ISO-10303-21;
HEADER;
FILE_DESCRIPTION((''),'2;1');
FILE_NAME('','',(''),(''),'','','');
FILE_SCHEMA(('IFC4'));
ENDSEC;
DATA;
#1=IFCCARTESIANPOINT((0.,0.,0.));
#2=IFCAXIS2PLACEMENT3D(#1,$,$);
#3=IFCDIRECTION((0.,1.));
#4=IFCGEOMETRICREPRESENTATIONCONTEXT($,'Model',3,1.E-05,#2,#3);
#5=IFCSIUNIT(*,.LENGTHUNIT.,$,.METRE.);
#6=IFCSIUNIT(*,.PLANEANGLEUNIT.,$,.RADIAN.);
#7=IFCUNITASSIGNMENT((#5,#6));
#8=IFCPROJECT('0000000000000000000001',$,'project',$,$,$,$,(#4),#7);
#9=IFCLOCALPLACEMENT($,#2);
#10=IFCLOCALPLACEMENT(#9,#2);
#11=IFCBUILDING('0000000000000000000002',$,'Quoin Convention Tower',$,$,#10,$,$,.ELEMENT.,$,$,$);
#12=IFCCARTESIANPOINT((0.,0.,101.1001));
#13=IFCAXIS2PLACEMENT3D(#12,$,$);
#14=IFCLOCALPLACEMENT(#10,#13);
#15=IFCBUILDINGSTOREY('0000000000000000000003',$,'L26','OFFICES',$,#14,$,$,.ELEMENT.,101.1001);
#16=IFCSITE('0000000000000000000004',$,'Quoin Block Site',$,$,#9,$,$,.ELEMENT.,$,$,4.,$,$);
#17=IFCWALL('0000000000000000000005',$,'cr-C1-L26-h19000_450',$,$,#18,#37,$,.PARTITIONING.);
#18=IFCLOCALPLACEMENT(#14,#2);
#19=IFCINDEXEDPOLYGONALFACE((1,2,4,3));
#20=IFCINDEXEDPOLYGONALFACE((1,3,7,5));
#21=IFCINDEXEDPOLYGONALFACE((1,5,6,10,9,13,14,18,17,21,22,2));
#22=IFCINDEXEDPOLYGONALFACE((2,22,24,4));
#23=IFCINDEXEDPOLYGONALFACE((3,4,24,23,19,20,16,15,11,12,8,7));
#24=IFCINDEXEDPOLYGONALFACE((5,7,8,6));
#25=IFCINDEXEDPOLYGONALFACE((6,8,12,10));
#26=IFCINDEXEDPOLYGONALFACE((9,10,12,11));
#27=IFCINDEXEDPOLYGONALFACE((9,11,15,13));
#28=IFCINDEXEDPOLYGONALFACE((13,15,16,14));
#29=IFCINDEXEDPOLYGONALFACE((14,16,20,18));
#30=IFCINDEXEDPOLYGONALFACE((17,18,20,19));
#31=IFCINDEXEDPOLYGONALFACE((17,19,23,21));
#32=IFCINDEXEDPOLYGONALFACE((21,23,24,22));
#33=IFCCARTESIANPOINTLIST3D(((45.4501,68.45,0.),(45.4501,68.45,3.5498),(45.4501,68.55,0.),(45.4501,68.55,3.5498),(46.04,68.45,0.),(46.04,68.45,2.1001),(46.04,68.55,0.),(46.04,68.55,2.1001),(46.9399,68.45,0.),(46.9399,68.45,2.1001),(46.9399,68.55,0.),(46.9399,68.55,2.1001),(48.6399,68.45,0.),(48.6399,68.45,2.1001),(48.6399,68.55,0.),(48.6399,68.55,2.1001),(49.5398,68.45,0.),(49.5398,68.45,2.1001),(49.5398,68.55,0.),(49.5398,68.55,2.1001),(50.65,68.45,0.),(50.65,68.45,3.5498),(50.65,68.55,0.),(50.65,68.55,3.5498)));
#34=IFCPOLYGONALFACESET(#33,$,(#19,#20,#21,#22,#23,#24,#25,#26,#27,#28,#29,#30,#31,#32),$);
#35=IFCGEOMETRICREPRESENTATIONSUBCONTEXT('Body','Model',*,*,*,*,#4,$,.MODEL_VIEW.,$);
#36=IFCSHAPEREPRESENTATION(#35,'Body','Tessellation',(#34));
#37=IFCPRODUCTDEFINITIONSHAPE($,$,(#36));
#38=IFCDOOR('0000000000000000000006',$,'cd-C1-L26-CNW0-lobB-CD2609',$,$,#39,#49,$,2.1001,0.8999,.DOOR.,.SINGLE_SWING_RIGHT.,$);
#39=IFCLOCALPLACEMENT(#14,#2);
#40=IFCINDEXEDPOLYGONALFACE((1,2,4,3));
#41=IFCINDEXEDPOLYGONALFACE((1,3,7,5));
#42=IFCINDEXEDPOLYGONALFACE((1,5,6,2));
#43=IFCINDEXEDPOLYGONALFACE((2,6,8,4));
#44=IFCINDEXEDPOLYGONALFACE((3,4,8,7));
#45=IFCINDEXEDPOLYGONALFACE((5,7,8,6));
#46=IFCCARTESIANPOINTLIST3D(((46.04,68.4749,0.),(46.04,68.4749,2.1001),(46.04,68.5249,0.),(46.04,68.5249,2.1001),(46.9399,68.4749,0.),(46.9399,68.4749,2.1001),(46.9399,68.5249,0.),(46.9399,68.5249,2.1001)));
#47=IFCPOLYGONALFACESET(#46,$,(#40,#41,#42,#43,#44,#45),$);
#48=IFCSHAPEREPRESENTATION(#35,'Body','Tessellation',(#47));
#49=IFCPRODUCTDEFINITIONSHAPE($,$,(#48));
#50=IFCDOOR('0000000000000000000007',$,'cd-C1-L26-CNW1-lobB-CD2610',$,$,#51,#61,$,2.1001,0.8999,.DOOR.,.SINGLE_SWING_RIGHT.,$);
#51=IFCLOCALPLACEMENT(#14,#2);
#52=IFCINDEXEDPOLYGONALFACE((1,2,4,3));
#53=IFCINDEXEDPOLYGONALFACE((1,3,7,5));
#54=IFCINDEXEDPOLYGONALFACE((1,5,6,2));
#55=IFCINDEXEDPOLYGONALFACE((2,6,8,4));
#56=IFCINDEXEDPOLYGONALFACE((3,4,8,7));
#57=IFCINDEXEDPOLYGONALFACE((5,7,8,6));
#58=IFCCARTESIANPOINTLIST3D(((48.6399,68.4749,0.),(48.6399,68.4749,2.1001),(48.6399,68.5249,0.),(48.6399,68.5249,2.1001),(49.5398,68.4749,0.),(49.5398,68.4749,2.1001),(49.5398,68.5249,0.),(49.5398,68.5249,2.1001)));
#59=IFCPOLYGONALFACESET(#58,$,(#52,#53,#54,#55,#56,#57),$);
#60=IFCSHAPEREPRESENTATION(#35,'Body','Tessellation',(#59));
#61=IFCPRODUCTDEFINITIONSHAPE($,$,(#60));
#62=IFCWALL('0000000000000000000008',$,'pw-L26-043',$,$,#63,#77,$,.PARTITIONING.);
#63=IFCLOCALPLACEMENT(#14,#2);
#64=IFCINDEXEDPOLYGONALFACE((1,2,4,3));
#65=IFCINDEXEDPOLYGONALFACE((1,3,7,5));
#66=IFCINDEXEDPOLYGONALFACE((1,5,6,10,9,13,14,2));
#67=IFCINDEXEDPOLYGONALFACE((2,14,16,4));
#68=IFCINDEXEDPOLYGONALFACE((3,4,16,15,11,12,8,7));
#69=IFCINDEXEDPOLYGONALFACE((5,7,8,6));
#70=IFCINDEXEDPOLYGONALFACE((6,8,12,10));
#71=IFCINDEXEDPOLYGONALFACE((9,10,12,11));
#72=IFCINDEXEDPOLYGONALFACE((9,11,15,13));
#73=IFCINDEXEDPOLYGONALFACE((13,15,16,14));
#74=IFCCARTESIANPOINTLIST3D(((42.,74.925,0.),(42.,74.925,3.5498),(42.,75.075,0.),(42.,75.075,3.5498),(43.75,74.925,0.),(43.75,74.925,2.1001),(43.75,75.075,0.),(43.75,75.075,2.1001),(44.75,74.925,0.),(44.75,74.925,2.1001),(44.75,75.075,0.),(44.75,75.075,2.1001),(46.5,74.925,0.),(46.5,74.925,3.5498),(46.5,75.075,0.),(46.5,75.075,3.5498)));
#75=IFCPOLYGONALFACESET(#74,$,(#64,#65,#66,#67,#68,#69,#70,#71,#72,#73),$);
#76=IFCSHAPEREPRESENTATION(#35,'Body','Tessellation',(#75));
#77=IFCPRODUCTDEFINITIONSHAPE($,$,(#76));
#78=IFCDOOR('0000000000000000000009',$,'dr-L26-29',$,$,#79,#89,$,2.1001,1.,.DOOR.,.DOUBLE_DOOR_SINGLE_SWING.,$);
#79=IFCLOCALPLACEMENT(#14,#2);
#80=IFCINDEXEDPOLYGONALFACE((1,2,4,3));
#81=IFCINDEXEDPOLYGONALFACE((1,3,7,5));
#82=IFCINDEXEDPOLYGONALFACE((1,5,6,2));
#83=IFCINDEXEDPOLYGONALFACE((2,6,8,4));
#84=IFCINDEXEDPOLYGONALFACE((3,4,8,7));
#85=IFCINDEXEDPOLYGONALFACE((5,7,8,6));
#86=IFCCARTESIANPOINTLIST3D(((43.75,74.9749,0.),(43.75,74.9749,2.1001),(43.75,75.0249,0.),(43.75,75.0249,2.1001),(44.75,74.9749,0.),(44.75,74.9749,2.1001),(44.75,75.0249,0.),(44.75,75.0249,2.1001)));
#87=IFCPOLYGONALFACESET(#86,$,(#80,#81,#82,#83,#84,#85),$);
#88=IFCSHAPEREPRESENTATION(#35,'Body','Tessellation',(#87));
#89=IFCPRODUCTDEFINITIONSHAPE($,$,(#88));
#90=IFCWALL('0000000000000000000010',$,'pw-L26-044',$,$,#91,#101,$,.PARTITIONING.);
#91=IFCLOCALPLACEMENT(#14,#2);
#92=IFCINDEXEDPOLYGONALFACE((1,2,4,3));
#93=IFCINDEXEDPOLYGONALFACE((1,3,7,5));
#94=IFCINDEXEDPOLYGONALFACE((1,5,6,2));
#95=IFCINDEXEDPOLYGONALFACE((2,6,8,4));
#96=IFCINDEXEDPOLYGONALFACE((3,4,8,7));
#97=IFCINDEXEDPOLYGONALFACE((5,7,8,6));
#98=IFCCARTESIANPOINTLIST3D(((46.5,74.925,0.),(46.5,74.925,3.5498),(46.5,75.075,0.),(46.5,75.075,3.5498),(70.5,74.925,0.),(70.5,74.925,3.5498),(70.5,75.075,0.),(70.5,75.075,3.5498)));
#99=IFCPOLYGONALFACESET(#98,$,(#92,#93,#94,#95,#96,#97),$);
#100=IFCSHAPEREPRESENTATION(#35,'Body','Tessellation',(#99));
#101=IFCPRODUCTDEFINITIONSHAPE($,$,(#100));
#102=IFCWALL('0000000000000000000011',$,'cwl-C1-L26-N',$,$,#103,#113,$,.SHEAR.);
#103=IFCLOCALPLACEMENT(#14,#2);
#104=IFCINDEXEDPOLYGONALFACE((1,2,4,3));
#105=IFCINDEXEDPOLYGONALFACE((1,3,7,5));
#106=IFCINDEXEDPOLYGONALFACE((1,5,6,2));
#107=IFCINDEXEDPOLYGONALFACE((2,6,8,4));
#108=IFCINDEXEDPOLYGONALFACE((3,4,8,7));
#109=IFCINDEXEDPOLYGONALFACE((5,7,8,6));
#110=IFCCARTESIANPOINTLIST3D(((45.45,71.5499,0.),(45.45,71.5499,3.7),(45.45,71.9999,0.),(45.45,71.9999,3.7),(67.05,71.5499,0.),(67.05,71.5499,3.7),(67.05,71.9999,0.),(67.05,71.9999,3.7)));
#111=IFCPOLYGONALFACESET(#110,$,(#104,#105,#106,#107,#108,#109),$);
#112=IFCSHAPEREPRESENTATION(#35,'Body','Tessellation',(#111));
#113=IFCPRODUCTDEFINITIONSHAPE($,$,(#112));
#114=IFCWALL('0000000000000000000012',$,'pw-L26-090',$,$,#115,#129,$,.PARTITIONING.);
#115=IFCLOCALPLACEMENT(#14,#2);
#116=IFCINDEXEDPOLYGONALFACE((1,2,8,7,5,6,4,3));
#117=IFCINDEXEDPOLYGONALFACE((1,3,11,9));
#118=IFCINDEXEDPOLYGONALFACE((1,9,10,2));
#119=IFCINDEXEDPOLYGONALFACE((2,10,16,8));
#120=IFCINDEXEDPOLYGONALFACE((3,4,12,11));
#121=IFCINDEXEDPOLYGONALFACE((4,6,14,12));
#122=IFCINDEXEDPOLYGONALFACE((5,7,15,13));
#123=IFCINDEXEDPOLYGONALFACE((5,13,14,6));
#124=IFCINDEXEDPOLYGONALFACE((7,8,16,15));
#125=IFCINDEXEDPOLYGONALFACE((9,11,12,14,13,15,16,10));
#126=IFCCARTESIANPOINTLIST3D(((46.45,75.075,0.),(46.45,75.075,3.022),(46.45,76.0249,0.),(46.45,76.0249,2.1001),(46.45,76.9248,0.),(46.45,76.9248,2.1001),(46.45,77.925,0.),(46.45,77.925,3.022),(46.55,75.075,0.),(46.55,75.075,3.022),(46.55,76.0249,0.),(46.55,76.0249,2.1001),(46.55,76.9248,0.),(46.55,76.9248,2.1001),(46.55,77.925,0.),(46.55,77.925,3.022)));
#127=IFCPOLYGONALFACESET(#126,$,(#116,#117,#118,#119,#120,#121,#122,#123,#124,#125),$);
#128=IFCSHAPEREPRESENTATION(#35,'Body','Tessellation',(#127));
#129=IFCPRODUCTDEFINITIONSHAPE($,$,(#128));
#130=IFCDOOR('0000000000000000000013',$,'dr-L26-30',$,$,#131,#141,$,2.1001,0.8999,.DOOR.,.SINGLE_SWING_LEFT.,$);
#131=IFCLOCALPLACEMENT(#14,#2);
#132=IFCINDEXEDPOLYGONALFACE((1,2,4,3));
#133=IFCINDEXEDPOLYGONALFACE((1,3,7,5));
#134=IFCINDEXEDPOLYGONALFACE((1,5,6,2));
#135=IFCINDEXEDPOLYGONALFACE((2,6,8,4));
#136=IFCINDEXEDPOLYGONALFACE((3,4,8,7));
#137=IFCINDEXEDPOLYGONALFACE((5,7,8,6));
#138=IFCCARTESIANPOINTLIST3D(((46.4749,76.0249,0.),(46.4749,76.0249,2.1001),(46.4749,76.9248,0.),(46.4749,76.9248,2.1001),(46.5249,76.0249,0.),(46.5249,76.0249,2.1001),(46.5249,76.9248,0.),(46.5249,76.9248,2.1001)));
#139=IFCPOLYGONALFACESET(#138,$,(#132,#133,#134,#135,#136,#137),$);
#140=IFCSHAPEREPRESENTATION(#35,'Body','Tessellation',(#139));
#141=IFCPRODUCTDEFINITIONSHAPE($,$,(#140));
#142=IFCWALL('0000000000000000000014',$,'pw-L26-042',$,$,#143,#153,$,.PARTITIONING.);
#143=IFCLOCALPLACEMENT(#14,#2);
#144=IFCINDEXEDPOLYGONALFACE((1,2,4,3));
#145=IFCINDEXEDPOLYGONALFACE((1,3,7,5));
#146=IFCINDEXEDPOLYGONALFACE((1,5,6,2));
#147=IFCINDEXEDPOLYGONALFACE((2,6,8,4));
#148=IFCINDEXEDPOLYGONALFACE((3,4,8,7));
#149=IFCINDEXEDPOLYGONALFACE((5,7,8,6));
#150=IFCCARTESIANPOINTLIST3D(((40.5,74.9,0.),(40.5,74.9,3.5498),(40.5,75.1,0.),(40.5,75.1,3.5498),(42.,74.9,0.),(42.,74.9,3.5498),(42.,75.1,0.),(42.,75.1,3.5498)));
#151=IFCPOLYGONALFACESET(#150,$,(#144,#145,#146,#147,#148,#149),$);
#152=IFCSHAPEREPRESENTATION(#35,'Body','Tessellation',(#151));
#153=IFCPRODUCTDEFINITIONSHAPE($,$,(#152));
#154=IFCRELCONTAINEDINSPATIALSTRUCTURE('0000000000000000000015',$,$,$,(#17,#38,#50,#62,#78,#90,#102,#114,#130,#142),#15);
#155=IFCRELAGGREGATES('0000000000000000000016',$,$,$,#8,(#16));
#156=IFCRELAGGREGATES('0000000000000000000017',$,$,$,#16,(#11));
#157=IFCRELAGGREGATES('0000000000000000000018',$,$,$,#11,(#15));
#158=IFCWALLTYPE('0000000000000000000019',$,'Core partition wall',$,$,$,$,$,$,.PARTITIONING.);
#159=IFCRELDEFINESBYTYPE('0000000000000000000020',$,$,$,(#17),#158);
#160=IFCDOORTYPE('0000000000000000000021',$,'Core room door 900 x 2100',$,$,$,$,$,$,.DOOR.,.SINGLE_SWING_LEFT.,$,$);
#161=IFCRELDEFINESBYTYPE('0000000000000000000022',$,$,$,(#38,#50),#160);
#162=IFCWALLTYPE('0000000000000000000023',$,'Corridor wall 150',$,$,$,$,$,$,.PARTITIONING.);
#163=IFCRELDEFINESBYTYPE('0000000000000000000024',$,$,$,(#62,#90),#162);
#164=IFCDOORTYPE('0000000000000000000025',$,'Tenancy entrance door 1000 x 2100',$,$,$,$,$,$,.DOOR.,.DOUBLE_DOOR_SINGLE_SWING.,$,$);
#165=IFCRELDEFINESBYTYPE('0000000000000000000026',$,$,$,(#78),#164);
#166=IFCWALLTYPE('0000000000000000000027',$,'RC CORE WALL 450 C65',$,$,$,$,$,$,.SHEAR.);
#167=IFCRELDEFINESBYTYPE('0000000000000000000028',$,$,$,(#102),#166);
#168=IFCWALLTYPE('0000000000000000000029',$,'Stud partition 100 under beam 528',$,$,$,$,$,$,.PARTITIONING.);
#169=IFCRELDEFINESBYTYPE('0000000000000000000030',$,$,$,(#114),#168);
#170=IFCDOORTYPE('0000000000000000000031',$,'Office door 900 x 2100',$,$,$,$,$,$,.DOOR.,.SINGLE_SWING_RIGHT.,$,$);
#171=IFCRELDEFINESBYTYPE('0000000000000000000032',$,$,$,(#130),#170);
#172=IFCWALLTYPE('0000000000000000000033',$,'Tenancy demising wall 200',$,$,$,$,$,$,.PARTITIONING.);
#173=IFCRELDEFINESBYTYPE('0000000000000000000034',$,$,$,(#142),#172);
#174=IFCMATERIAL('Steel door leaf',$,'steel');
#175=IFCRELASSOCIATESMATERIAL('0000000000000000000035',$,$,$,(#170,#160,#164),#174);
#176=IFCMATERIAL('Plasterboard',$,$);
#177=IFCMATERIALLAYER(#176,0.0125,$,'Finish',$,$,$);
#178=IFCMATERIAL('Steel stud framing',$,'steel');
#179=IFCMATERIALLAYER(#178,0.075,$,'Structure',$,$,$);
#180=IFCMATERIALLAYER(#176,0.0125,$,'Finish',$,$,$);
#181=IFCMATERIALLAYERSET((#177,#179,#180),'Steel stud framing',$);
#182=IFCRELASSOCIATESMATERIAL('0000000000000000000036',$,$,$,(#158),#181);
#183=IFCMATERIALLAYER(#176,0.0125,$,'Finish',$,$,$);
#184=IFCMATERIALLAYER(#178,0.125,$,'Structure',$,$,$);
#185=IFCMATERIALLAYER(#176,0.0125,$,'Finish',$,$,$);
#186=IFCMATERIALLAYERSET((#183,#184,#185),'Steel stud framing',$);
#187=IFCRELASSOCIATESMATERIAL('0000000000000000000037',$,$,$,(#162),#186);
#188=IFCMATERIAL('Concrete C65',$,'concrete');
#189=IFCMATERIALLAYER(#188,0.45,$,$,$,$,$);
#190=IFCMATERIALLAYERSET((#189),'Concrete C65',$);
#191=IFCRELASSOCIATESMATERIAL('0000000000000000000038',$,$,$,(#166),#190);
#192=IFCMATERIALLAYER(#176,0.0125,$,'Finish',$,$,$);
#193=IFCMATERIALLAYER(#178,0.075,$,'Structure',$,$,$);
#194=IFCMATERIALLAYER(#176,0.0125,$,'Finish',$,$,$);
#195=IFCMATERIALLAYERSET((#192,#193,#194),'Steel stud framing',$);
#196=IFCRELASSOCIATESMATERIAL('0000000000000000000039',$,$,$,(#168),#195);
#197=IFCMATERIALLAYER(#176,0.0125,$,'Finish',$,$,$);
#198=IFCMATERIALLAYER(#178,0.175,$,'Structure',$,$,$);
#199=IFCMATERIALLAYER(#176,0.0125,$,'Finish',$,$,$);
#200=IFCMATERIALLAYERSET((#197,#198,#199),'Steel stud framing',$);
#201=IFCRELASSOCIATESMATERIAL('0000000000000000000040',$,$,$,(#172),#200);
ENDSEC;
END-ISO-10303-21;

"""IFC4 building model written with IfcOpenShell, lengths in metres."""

from ifc_helpers import new_model, si_unit, direction, frame, frame_2d, origin, place, context, subcontext, project, spatial, rectangle, extrude, material, layer, layer_set, type_object, element, fill, save


model = new_model("IFC4")

# Units and contexts
model_context = context("Model", 3, precision=1e-05, world=origin(), true_north=direction((0.0, 1.0)))
body_context = subcontext(model_context, "Body", "Model", "MODEL_VIEW")
ifc_project = project(units=[si_unit("LENGTHUNIT", "METRE"), si_unit("PLANEANGLEUNIT", "RADIAN")], contexts=[model_context])

# Site, building, storey
site_placement = place(None, origin())
site = spatial("IfcSite", under=ifc_project, at=site_placement, Name="Quoin Block Site", CompositionType="ELEMENT", RefElevation=4.0)
building_placement = place(site_placement, origin())
building = spatial("IfcBuilding", under=site, at=building_placement, Name="Quoin Convention Tower", CompositionType="ELEMENT")
storey_placement = place(building_placement, frame((0.0, 0.0, 101.1001)))
storey = spatial("IfcBuildingStorey", under=building, at=storey_placement, Name="L26", Description="OFFICES", CompositionType="ELEMENT", Elevation=101.1001)

# Shared definitions
ifc_material_1 = material(Name="Concrete C65", Category="concrete")

# Shared definitions
ifc_material_2 = material(Name="Plasterboard")
ifc_material_3 = material(Name="Steel stud framing", Category="steel")

# Shared definitions
ifc_material_4 = material(Name="Steel door leaf", Category="steel")
door_type_1 = type_object("IfcDoorType", Name="Office door 900 x 2100", OperationType="SINGLE_SWING_RIGHT", PredefinedType="DOOR", material=ifc_material_4)

# Wall, openings, doors
ifc_layer_1 = layer(ifc_material_2, 0.0125, Name="Finish")
ifc_layer_2 = layer(ifc_material_3, 0.075, Name="Structure")
ifc_layer_3 = layer(ifc_material_2, 0.0125, Name="Finish")
ifc_layer_set_1 = layer_set([ifc_layer_1, ifc_layer_2, ifc_layer_3], Name="Steel stud framing")
wall_type_1 = type_object("IfcWallType", Name="Core partition wall", PredefinedType="PARTITIONING", material=ifc_layer_set_1)
wall_1_placement = place(storey_placement, frame((45.45, 68.5, 0.0), z_axis=(0.0, 0.0, 1.0), x_axis=(1.0, 0.0, 0.0)))
wall_1 = element("IfcWall", 1, at=wall_1_placement, inside=storey, type_object=wall_type_1, Name="cr-C1-L26-h19000_450", PredefinedType="PARTITIONING", context=body_context, shape_type="SweptSolid", body=[
    extrude(rectangle(XDim=5.2, YDim=0.1001, at=frame_2d((2.6001, 0.0))), origin(), (0.0, 0.0, 1.0), 3.5498),
])
opening_1_placement = place(wall_1_placement, frame((0.5901, 0.0, 0.0)))
opening_1 = element("IfcOpeningElement", 2, at=opening_1_placement, cuts=wall_1, PredefinedType="OPENING", context=body_context, shape_type="SweptSolid", body=[
    extrude(rectangle(XDim=0.8999, YDim=2.1001, at=frame_2d((0.45, 1.05))), frame((0.0, 0.0601, 0.0), z_axis=(0.0, -1.0, 0.0), x_axis=(1.0, 0.0, 0.0)), (0.0, 0.0, 1.0), 0.1201),
])
opening_2_placement = place(wall_1_placement, frame((3.1899, 0.0, 0.0)))
opening_2 = element("IfcOpeningElement", 3, at=opening_2_placement, cuts=wall_1, PredefinedType="OPENING", context=body_context, shape_type="SweptSolid", body=[
    extrude(rectangle(XDim=0.8999, YDim=2.1001, at=frame_2d((0.45, 1.05))), frame((0.0, 0.0601, 0.0), z_axis=(0.0, -1.0, 0.0), x_axis=(1.0, 0.0, 0.0)), (0.0, 0.0, 1.0), 0.1201),
])
door_type_2 = type_object("IfcDoorType", Name="Core room door 900 x 2100", OperationType="SINGLE_SWING_LEFT", PredefinedType="DOOR", material=ifc_material_4)
door_1_placement = place(opening_1_placement, origin())
door_1 = element("IfcDoor", 4, at=door_1_placement, inside=storey, type_object=door_type_2, Name="cd-C1-L26-CNW0-lobB-CD2609", OperationType="SINGLE_SWING_RIGHT", OverallHeight=2.1001, OverallWidth=0.8999, PredefinedType="DOOR", context=body_context, shape_type="SweptSolid", body=[
    extrude(rectangle(XDim=0.8999, YDim=2.1001, at=frame_2d((0.45, 1.05))), frame((0.0, 0.0249, 0.0), z_axis=(0.0, -1.0, 0.0), x_axis=(1.0, 0.0, 0.0)), (0.0, 0.0, 1.0), 0.05),
])
fill(opening_1, door_1)
door_2_placement = place(opening_2_placement, origin())
door_2 = element("IfcDoor", 5, at=door_2_placement, inside=storey, type_object=door_type_2, Name="cd-C1-L26-CNW1-lobB-CD2610", OperationType="SINGLE_SWING_RIGHT", OverallHeight=2.1001, OverallWidth=0.8999, PredefinedType="DOOR", context=body_context, shape_type="SweptSolid", body=[
    extrude(rectangle(XDim=0.8999, YDim=2.1001, at=frame_2d((0.45, 1.05))), frame((0.0, 0.0249, 0.0), z_axis=(0.0, -1.0, 0.0), x_axis=(1.0, 0.0, 0.0)), (0.0, 0.0, 1.0), 0.05),
])
fill(opening_2, door_2)

# Wall, opening, door
ifc_layer_4 = layer(ifc_material_2, 0.0125, Name="Finish")
ifc_layer_5 = layer(ifc_material_3, 0.125, Name="Structure")
ifc_layer_6 = layer(ifc_material_2, 0.0125, Name="Finish")
ifc_layer_set_2 = layer_set([ifc_layer_4, ifc_layer_5, ifc_layer_6], Name="Steel stud framing")
wall_type_2 = type_object("IfcWallType", Name="Corridor wall 150", PredefinedType="PARTITIONING", material=ifc_layer_set_2)
wall_2_placement = place(storey_placement, frame((42.0, 75.0, 0.0), z_axis=(0.0, 0.0, 1.0), x_axis=(1.0, 0.0, 0.0)))
wall_2 = element("IfcWall", 6, at=wall_2_placement, inside=storey, type_object=wall_type_2, Name="pw-L26-043", PredefinedType="PARTITIONING", context=body_context, shape_type="SweptSolid", body=[
    extrude(rectangle(XDim=4.5, YDim=0.1499, at=frame_2d((2.25, 0.0))), origin(), (0.0, 0.0, 1.0), 3.5498),
])
opening_3_placement = place(wall_2_placement, frame((1.75, 0.0, 0.0)))
opening_3 = element("IfcOpeningElement", 7, at=opening_3_placement, cuts=wall_2, PredefinedType="OPENING", context=body_context, shape_type="SweptSolid", body=[
    extrude(rectangle(XDim=1.0, YDim=2.1001, at=frame_2d((0.5, 1.05))), frame((0.0, 0.085, 0.0), z_axis=(0.0, -1.0, 0.0), x_axis=(1.0, 0.0, 0.0)), (0.0, 0.0, 1.0), 0.1699),
])
door_type_3 = type_object("IfcDoorType", Name="Tenancy entrance door 1000 x 2100", OperationType="DOUBLE_DOOR_SINGLE_SWING", PredefinedType="DOOR", material=ifc_material_4)
door_3_placement = place(opening_3_placement, origin())
door_3 = element("IfcDoor", 8, at=door_3_placement, inside=storey, type_object=door_type_3, Name="dr-L26-29", OperationType="DOUBLE_DOOR_SINGLE_SWING", OverallHeight=2.1001, OverallWidth=1.0, PredefinedType="DOOR", context=body_context, shape_type="SweptSolid", body=[
    extrude(rectangle(XDim=1.0, YDim=2.1001, at=frame_2d((0.5, 1.05))), frame((0.0, 0.0249, 0.0), z_axis=(0.0, -1.0, 0.0), x_axis=(1.0, 0.0, 0.0)), (0.0, 0.0, 1.0), 0.05),
])
fill(opening_3, door_3)

# Walls
wall_3_placement = place(storey_placement, frame((46.5, 75.0, 0.0), z_axis=(0.0, 0.0, 1.0), x_axis=(1.0, 0.0, 0.0)))
element("IfcWall", 9, at=wall_3_placement, inside=storey, type_object=wall_type_2, Name="pw-L26-044", PredefinedType="PARTITIONING", context=body_context, shape_type="SweptSolid", body=[
    extrude(rectangle(XDim=24.0, YDim=0.1499, at=frame_2d((12.0, 0.0))), origin(), (0.0, 0.0, 1.0), 3.5498),
])
ifc_layer_7 = layer(ifc_material_1, 0.45)
ifc_layer_set_3 = layer_set([ifc_layer_7], Name="Concrete C65")
wall_type_3 = type_object("IfcWallType", Name="RC CORE WALL 450 C65", PredefinedType="SHEAR", material=ifc_layer_set_3)
wall_4_placement = place(storey_placement, frame((45.45, 71.7749, 0.0), z_axis=(0.0, 0.0, 1.0), x_axis=(1.0, 0.0, 0.0)))
element("IfcWall", 10, at=wall_4_placement, inside=storey, type_object=wall_type_3, Name="cwl-C1-L26-N", PredefinedType="SHEAR", context=body_context, shape_type="SweptSolid", body=[
    extrude(rectangle(XDim=21.6001, YDim=0.45, at=frame_2d((10.8, 0.0))), origin(), (0.0, 0.0, 1.0), 3.7),
])

# Wall, opening, door
ifc_layer_8 = layer(ifc_material_2, 0.0125, Name="Finish")
ifc_layer_9 = layer(ifc_material_3, 0.075, Name="Structure")
ifc_layer_10 = layer(ifc_material_2, 0.0125, Name="Finish")
ifc_layer_set_4 = layer_set([ifc_layer_8, ifc_layer_9, ifc_layer_10], Name="Steel stud framing")
wall_type_4 = type_object("IfcWallType", Name="Stud partition 100 under beam 528", PredefinedType="PARTITIONING", material=ifc_layer_set_4)
wall_5_placement = place(storey_placement, frame((46.5, 75.075, 0.0), z_axis=(0.0, 0.0, 1.0), x_axis=(0.0, 1.0, 0.0)))
wall_5 = element("IfcWall", 11, at=wall_5_placement, inside=storey, type_object=wall_type_4, Name="pw-L26-090", PredefinedType="PARTITIONING", context=body_context, shape_type="SweptSolid", body=[
    extrude(rectangle(XDim=2.8501, YDim=0.1001, at=frame_2d((1.425, 0.0))), origin(), (0.0, 0.0, 1.0), 3.022),
])
opening_4_placement = place(wall_5_placement, frame((0.95, 0.0, 0.0)))
opening_4 = element("IfcOpeningElement", 12, at=opening_4_placement, cuts=wall_5, PredefinedType="OPENING", context=body_context, shape_type="SweptSolid", body=[
    extrude(rectangle(XDim=0.8999, YDim=2.1001, at=frame_2d((0.45, 1.05))), frame((0.0, 0.0601, 0.0), z_axis=(0.0, -1.0, 0.0), x_axis=(1.0, 0.0, 0.0)), (0.0, 0.0, 1.0), 0.1201),
])
door_4_placement = place(opening_4_placement, frame((0.8999, 0.0, 0.0), z_axis=(0.0, 0.0, 1.0), x_axis=(-1.0, 0.0, 0.0)))
door_4 = element("IfcDoor", 13, at=door_4_placement, inside=storey, type_object=door_type_1, Name="dr-L26-30", OperationType="SINGLE_SWING_LEFT", OverallHeight=2.1001, OverallWidth=0.8999, PredefinedType="DOOR", context=body_context, shape_type="SweptSolid", body=[
    extrude(rectangle(XDim=0.8999, YDim=2.1001, at=frame_2d((0.45, 1.05))), frame((0.0, 0.0249, 0.0), z_axis=(0.0, -1.0, 0.0), x_axis=(1.0, 0.0, 0.0)), (0.0, 0.0, 1.0), 0.05),
])
fill(opening_4, door_4)

# Wall
ifc_layer_11 = layer(ifc_material_2, 0.0125, Name="Finish")
ifc_layer_12 = layer(ifc_material_3, 0.175, Name="Structure")
ifc_layer_13 = layer(ifc_material_2, 0.0125, Name="Finish")
ifc_layer_set_5 = layer_set([ifc_layer_11, ifc_layer_12, ifc_layer_13], Name="Steel stud framing")
wall_type_5 = type_object("IfcWallType", Name="Tenancy demising wall 200", PredefinedType="PARTITIONING", material=ifc_layer_set_5)
wall_6_placement = place(storey_placement, frame((40.5, 75.0, 0.0), z_axis=(0.0, 0.0, 1.0), x_axis=(1.0, 0.0, 0.0)))
element("IfcWall", 14, at=wall_6_placement, inside=storey, type_object=wall_type_5, Name="pw-L26-042", PredefinedType="PARTITIONING", context=body_context, shape_type="SweptSolid", body=[
    extrude(rectangle(XDim=1.5, YDim=0.2, at=frame_2d((0.75, 0.0))), origin(), (0.0, 0.0, 1.0), 3.5498),
])

save(model, "model.ifc")
